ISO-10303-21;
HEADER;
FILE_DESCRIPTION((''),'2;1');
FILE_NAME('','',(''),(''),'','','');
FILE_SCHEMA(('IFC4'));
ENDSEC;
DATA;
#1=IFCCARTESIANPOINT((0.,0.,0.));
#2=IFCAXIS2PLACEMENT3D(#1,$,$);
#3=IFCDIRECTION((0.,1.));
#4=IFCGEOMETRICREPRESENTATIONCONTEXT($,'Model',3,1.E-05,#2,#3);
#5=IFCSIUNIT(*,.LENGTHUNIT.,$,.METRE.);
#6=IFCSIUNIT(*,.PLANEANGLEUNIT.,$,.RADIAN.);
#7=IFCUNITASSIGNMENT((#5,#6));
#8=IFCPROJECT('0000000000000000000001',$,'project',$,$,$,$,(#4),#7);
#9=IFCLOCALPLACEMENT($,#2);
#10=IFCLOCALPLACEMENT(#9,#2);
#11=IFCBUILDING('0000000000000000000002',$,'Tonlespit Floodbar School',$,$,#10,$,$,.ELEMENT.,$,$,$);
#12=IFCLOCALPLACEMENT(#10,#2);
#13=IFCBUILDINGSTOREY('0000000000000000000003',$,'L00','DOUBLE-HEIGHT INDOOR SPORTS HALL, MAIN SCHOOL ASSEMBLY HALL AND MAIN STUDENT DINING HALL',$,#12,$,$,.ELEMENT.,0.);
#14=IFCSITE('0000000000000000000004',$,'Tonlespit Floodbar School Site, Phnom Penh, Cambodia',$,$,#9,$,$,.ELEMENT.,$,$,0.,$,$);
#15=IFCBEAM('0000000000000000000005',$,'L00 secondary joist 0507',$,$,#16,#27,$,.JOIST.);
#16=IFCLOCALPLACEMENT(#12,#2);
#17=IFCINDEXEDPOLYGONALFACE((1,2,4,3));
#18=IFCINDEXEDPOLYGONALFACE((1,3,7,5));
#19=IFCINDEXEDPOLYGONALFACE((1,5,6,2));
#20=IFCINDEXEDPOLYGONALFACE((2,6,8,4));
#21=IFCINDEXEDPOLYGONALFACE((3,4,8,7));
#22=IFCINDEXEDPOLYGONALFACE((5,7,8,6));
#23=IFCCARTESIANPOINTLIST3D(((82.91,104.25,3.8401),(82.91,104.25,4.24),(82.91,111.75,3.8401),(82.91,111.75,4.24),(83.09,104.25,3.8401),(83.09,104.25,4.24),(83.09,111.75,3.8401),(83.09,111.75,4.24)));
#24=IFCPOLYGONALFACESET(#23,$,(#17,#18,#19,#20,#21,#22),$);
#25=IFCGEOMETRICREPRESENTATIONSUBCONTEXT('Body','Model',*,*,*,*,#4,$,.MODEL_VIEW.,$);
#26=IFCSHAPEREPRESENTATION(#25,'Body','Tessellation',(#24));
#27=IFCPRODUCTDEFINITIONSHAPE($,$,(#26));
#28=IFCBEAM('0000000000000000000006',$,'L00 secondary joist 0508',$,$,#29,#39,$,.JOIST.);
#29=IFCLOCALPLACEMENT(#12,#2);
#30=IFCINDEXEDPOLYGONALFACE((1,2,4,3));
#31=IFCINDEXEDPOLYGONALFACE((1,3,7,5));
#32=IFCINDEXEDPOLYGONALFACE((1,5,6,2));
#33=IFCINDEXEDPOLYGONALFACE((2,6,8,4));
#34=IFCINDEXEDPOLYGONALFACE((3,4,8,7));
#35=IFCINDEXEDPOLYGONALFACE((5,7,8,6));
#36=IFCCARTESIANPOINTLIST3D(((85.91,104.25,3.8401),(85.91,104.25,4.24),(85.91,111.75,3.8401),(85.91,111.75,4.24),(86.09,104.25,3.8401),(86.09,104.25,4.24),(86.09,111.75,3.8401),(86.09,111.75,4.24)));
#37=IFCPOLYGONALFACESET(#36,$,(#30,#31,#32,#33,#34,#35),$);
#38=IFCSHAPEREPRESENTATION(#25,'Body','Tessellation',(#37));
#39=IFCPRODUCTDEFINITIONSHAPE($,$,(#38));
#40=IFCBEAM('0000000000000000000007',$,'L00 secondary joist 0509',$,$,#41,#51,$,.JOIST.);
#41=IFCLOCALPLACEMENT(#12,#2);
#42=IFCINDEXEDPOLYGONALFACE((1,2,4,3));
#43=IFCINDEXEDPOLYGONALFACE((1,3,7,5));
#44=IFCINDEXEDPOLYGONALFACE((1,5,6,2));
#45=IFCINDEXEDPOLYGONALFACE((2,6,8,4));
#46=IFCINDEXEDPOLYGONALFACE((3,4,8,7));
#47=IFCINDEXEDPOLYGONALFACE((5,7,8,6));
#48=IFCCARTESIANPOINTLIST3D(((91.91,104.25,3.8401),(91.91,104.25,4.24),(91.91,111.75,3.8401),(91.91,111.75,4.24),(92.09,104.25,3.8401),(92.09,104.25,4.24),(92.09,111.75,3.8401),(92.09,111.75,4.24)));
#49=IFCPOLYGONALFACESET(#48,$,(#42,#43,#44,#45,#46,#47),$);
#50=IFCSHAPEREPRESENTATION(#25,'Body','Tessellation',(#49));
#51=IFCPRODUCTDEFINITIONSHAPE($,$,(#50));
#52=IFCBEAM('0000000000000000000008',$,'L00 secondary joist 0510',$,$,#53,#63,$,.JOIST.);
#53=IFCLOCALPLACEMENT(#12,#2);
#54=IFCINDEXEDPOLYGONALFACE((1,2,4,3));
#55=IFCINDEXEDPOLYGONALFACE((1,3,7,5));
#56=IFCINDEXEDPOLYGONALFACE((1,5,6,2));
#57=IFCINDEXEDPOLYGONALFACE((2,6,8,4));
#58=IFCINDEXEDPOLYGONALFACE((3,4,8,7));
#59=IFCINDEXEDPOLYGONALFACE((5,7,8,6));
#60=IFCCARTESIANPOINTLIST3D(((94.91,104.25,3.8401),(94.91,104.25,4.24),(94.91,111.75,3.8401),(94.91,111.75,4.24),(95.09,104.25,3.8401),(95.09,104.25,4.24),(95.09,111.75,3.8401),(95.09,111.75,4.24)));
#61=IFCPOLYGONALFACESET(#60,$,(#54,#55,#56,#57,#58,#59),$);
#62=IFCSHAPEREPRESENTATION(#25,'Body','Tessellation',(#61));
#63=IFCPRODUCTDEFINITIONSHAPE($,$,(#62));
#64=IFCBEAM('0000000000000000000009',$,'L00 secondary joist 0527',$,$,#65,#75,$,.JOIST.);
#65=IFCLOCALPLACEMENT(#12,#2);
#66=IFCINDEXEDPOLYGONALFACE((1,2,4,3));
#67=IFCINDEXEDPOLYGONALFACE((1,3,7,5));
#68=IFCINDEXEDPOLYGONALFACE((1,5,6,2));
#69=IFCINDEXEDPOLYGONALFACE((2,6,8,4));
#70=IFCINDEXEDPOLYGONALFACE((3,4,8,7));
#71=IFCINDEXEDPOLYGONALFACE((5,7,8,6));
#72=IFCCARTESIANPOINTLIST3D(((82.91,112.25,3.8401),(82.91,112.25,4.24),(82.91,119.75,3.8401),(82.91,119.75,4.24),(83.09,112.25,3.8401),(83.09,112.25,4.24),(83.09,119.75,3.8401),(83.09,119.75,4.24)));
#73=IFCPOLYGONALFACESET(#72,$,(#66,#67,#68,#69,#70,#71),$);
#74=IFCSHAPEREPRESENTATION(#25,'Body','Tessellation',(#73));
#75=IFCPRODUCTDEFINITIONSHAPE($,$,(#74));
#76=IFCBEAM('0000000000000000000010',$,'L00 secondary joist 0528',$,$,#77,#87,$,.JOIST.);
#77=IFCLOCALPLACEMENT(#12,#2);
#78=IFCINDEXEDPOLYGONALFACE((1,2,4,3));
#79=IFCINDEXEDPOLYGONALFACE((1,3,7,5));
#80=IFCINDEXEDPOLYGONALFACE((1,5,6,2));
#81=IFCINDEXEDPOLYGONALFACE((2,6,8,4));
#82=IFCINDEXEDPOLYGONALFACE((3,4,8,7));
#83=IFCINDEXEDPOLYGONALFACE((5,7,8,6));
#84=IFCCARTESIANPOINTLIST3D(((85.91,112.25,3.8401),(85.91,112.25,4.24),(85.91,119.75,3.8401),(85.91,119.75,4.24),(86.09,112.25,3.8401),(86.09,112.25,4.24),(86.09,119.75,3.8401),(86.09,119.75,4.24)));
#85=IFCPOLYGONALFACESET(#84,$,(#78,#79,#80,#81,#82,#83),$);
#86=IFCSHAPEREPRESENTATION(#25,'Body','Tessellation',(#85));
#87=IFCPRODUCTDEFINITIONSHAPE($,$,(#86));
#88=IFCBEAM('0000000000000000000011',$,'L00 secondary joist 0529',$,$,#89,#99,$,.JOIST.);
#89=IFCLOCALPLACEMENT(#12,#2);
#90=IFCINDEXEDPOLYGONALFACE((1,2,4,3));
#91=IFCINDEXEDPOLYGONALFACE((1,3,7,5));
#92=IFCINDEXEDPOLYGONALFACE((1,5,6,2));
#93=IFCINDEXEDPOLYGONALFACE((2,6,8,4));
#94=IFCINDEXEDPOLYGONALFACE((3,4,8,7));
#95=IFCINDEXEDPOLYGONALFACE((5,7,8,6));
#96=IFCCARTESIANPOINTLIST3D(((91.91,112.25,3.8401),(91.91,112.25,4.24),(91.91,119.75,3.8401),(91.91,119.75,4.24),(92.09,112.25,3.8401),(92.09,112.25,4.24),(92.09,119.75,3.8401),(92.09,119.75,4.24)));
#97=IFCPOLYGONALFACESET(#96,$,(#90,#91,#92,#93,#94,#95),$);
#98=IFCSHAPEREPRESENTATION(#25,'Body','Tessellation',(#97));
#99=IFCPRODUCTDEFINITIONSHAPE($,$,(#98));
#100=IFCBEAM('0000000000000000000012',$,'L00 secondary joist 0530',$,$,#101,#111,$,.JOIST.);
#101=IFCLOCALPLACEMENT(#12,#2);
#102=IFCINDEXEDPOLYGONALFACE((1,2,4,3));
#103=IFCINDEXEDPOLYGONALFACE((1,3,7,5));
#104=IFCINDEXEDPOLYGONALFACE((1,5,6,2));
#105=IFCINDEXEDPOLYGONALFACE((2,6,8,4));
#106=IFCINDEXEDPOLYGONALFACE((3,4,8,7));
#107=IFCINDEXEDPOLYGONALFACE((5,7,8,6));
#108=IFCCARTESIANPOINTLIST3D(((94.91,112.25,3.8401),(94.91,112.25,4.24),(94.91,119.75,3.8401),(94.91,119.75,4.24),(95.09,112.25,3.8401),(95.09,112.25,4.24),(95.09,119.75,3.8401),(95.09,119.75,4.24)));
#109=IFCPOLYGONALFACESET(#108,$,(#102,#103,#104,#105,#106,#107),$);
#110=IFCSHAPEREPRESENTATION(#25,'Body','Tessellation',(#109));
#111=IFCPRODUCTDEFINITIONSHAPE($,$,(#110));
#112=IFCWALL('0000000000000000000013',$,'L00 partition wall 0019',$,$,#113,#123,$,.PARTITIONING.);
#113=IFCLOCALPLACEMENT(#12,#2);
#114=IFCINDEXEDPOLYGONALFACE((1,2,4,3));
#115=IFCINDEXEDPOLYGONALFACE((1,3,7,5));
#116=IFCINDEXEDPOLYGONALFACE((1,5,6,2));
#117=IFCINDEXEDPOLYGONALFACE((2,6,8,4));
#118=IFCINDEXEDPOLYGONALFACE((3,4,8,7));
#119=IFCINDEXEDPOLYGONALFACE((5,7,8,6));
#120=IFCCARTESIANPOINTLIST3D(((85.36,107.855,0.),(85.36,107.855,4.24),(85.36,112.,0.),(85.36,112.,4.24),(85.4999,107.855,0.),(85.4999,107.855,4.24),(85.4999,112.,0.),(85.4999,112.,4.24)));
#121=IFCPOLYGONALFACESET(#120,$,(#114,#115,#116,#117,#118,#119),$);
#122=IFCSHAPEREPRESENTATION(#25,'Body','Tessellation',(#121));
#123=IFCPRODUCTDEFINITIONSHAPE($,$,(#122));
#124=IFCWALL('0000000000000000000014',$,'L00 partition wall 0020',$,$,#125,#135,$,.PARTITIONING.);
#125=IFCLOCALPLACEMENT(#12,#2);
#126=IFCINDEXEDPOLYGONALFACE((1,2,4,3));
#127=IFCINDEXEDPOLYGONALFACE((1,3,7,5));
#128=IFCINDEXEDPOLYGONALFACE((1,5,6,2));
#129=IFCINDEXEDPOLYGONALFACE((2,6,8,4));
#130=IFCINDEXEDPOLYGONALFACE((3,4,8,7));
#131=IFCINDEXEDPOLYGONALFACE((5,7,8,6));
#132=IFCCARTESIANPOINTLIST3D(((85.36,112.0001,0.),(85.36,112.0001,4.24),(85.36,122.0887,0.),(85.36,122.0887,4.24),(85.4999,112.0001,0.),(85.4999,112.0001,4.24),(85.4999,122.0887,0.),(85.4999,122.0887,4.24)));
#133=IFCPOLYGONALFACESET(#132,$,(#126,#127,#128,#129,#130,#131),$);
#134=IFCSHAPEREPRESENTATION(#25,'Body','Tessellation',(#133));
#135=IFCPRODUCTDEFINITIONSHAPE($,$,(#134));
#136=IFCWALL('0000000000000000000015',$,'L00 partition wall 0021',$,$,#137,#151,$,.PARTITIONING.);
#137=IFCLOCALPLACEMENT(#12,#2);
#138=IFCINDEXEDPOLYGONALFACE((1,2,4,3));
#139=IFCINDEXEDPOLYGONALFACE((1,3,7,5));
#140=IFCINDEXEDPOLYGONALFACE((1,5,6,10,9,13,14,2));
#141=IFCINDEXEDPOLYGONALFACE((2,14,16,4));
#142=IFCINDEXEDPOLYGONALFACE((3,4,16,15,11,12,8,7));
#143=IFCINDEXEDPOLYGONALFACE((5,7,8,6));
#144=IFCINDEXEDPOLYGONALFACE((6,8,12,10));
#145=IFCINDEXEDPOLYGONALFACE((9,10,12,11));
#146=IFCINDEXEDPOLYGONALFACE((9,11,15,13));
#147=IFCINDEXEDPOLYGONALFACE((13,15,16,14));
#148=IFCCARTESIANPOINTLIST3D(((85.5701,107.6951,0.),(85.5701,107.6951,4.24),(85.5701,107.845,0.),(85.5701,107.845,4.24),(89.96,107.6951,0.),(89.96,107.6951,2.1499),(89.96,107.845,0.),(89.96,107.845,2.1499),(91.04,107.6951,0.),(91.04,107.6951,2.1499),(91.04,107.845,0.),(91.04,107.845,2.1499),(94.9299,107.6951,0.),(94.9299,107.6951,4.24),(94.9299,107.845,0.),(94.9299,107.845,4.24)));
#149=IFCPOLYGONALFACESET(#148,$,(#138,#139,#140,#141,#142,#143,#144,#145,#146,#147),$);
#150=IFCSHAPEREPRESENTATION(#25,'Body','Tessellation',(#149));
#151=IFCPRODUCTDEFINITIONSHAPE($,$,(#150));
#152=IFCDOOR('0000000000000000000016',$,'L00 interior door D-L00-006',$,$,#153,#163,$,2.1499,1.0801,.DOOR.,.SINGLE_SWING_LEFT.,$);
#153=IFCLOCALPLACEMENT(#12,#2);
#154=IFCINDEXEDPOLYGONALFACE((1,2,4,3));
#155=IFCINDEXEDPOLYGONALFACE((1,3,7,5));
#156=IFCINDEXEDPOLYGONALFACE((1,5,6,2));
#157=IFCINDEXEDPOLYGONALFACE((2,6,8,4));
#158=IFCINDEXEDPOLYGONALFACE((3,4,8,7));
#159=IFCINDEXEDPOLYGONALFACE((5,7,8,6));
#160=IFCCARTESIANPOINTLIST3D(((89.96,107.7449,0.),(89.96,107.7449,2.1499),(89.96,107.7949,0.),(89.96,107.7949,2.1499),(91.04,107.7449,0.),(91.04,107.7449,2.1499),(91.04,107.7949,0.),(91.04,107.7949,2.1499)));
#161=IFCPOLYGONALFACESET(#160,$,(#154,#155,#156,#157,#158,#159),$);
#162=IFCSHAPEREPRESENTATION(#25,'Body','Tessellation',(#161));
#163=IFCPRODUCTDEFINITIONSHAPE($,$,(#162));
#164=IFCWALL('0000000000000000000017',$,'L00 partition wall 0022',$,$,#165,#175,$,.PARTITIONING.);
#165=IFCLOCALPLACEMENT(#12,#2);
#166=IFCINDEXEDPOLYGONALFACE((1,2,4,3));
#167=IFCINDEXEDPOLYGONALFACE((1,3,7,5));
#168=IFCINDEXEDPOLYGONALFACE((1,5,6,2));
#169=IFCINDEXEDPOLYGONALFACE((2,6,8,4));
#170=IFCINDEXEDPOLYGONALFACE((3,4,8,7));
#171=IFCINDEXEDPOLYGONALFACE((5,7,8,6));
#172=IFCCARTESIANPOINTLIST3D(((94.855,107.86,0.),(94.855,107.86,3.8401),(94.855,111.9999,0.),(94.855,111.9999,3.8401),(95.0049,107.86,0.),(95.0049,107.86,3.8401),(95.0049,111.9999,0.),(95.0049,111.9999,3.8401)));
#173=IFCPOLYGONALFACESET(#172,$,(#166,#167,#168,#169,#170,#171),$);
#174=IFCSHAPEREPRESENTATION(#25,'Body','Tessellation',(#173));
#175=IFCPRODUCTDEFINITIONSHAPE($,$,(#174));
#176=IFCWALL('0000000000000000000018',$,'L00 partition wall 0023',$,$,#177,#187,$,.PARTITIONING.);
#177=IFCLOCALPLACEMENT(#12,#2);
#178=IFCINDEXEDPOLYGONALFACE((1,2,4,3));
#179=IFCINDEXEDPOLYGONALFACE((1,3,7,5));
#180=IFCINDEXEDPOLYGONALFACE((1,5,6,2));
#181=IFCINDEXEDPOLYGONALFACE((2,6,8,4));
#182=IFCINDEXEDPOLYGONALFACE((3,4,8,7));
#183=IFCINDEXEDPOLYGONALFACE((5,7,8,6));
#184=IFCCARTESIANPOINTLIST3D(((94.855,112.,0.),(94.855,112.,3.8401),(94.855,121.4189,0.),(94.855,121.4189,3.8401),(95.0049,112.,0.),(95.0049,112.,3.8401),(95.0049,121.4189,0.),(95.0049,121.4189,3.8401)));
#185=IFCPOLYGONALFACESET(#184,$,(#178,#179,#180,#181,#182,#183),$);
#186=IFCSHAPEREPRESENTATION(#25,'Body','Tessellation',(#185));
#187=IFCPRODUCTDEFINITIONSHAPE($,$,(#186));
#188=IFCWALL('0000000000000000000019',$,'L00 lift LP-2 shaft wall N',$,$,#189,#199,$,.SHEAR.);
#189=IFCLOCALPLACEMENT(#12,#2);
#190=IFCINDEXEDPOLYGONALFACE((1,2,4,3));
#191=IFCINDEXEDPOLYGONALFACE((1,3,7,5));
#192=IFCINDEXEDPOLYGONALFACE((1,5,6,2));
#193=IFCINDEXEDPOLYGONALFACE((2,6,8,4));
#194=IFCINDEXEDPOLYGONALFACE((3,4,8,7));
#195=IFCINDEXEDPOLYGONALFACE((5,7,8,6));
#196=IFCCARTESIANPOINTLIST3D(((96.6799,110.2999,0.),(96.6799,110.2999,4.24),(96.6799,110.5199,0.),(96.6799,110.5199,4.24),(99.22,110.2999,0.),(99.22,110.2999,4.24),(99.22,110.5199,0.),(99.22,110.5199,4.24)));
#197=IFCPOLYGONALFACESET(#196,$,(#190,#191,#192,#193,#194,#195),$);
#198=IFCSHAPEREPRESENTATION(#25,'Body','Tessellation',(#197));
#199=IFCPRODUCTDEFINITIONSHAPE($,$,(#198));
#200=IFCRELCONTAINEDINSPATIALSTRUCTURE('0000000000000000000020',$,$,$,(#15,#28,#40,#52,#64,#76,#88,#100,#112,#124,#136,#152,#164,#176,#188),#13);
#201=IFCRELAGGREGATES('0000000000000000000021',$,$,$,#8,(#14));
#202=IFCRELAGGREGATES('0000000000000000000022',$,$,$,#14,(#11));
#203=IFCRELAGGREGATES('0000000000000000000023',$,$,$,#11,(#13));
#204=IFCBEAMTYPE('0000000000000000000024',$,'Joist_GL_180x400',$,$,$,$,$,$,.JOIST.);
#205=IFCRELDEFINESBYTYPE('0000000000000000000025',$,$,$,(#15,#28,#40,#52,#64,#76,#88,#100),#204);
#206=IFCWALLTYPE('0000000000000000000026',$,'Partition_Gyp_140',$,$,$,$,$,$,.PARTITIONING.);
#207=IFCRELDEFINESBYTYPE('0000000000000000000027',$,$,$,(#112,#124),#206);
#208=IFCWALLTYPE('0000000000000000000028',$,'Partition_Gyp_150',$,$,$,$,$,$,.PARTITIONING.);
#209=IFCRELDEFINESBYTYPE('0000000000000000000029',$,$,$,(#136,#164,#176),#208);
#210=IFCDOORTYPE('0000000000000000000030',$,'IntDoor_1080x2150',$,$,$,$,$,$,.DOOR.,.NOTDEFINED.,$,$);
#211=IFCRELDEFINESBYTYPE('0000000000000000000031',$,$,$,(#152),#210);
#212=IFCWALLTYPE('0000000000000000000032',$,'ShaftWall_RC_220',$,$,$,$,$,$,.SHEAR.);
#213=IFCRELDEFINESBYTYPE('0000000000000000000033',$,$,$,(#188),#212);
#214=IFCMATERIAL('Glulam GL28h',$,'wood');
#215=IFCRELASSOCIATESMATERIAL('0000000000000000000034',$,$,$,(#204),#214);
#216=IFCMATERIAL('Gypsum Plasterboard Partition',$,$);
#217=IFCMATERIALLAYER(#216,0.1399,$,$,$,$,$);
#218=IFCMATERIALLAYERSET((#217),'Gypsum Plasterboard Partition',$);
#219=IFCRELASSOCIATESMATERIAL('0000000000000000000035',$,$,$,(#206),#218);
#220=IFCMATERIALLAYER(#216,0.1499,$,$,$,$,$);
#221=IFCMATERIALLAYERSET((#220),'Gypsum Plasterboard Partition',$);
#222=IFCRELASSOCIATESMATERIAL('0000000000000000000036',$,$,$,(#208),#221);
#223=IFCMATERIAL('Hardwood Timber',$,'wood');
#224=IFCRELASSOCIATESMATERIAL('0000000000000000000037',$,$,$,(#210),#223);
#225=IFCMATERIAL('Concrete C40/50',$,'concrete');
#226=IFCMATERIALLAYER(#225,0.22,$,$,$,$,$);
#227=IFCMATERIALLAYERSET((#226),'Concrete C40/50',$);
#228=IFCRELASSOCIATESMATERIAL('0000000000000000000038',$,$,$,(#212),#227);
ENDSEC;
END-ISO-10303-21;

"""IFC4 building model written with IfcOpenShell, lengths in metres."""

from ifc_helpers import new_model, si_unit, direction, frame, frame_2d, origin, origin_2d, place, context, subcontext, project, spatial, rectangle, extrude, material, layer, layer_set, material_profile, profile_set, type_object, element, fill, save


model = new_model("IFC4")

# Units and contexts
model_context = context("Model", 3, precision=1e-05, world=origin(), true_north=direction((0.0, 1.0)))
body_context = subcontext(model_context, "Body", "Model", "MODEL_VIEW")
ifc_project = project(units=[si_unit("LENGTHUNIT", "METRE"), si_unit("PLANEANGLEUNIT", "RADIAN")], contexts=[model_context])

# Site, building, storey
site_placement = place(None, origin())
site = spatial("IfcSite", under=ifc_project, at=site_placement, Name="Tonlespit Floodbar School Site, Phnom Penh, Cambodia", CompositionType="ELEMENT", RefElevation=0.0)
building_placement = place(site_placement, origin())
building = spatial("IfcBuilding", under=site, at=building_placement, Name="Tonlespit Floodbar School", CompositionType="ELEMENT")
storey_placement = place(building_placement, origin())
storey = spatial("IfcBuildingStorey", under=building, at=storey_placement, Name="L00", Description="DOUBLE-HEIGHT INDOOR SPORTS HALL, MAIN SCHOOL ASSEMBLY HALL AND MAIN STUDENT DINING HALL", CompositionType="ELEMENT", Elevation=0.0)

# Shared definitions
ifc_material_1 = material(Name="Concrete C40/50", Category="concrete")

# Beams
ifc_material_2 = material(Name="Glulam GL28h", Category="wood")
ifc_material_profile_1 = material_profile(ifc_material_2, rectangle(XDim=0.1799, YDim=0.3999, at=origin_2d()), Name="GL 180x400")
ifc_profile_set_1 = profile_set([ifc_material_profile_1], Name="Glulam GL28h")
beam_type_1 = type_object("IfcBeamType", Name="Joist_GL_180x400", PredefinedType="JOIST", material=ifc_profile_set_1)
for number, where, z_axis, x_axis, name in (
    (1, (83.0, 104.25, 4.04), (0.0, 1.0, 0.0), (-1.0, 0.0, 0.0), "L00 secondary joist 0507"),
    (2, (86.0, 104.25, 4.04), (0.0, 1.0, 0.0), (-1.0, 0.0, 0.0), "L00 secondary joist 0508"),
    (3, (92.0, 104.25, 4.04), (0.0, 1.0, 0.0), (-1.0, 0.0, 0.0), "L00 secondary joist 0509"),
    (4, (95.0, 104.25, 4.04), (0.0, 1.0, 0.0), (-1.0, 0.0, 0.0), "L00 secondary joist 0510"),
    (5, (83.0, 112.25, 4.04), (0.0, 1.0, 0.0), (-1.0, 0.0, 0.0), "L00 secondary joist 0527"),
    (6, (86.0, 112.25, 4.04), (0.0, 1.0, 0.0), (-1.0, 0.0, 0.0), "L00 secondary joist 0528"),
    (7, (92.0, 112.25, 4.04), (0.0, 1.0, 0.0), (-1.0, 0.0, 0.0), "L00 secondary joist 0529"),
    (8, (95.0, 112.25, 4.04), (0.0, 1.0, 0.0), (-1.0, 0.0, 0.0), "L00 secondary joist 0530"),
):
    element("IfcBeam", number, at=place(storey_placement, frame(where, z_axis=z_axis, x_axis=x_axis)), inside=storey, type_object=beam_type_1, Name=name, PredefinedType="JOIST", context=body_context, shape_type="SweptSolid", body=[
        extrude(rectangle(XDim=0.1799, YDim=0.3999, at=origin_2d()), origin(), (0.0, 0.0, 1.0), 7.5),
    ])

# Walls
ifc_material_3 = material(Name="Gypsum Plasterboard Partition")
ifc_layer_1 = layer(ifc_material_3, 0.1399)
ifc_layer_set_1 = layer_set([ifc_layer_1], Name="Gypsum Plasterboard Partition")
wall_type_1 = type_object("IfcWallType", Name="Partition_Gyp_140", PredefinedType="PARTITIONING", material=ifc_layer_set_1)
wall_1_placement = place(storey_placement, frame((85.4299, 107.855, 0.0), z_axis=(0.0, 0.0, 1.0), x_axis=(0.0, 1.0, 0.0)))
element("IfcWall", 9, at=wall_1_placement, inside=storey, type_object=wall_type_1, Name="L00 partition wall 0019", PredefinedType="PARTITIONING", context=body_context, shape_type="SweptSolid", body=[
    extrude(rectangle(XDim=4.145, YDim=0.1399, at=frame_2d((2.0725, 0.0))), origin(), (0.0, 0.0, 1.0), 4.24),
])
wall_2_placement = place(storey_placement, frame((85.4299, 112.0, 0.0), z_axis=(0.0, 0.0, 1.0), x_axis=(0.0, 1.0, 0.0)))
element("IfcWall", 10, at=wall_2_placement, inside=storey, type_object=wall_type_1, Name="L00 partition wall 0020", PredefinedType="PARTITIONING", context=body_context, shape_type="SweptSolid", body=[
    extrude(rectangle(XDim=10.0886, YDim=0.1399, at=frame_2d((5.0444, 0.0))), origin(), (0.0, 0.0, 1.0), 4.24),
])

# Wall, opening, door
ifc_layer_2 = layer(ifc_material_3, 0.1499)
ifc_layer_set_2 = layer_set([ifc_layer_2], Name="Gypsum Plasterboard Partition")
wall_type_2 = type_object("IfcWallType", Name="Partition_Gyp_150", PredefinedType="PARTITIONING", material=ifc_layer_set_2)
wall_3_placement = place(storey_placement, frame((85.5701, 107.77, 0.0), z_axis=(0.0, 0.0, 1.0), x_axis=(1.0, 0.0, 0.0)))
wall_3 = element("IfcWall", 11, at=wall_3_placement, inside=storey, type_object=wall_type_2, Name="L00 partition wall 0021", PredefinedType="PARTITIONING", context=body_context, shape_type="SweptSolid", body=[
    extrude(rectangle(XDim=9.3599, YDim=0.1499, at=frame_2d((4.6799, 0.0))), origin(), (0.0, 0.0, 1.0), 4.24),
])
opening_placement = place(wall_3_placement, frame((4.3899, 0.0, 0.0)))
opening = element("IfcOpeningElement", 12, at=opening_placement, cuts=wall_3, PredefinedType="OPENING", context=body_context, shape_type="SweptSolid", body=[
    extrude(rectangle(XDim=1.0801, YDim=2.1499, at=frame_2d((0.54, 1.075))), frame((0.0, 0.085, 0.0), z_axis=(0.0, -1.0, 0.0), x_axis=(1.0, 0.0, 0.0)), (0.0, 0.0, 1.0), 0.1699),
])
ifc_material_4 = material(Name="Hardwood Timber", Category="wood")
door_type = type_object("IfcDoorType", Name="IntDoor_1080x2150", OperationType="NOTDEFINED", PredefinedType="DOOR", material=ifc_material_4)
door_placement = place(opening_placement, origin())
door = element("IfcDoor", 13, at=door_placement, inside=storey, type_object=door_type, Name="L00 interior door D-L00-006", OperationType="SINGLE_SWING_LEFT", OverallHeight=2.1499, OverallWidth=1.0801, PredefinedType="DOOR", context=body_context, shape_type="SweptSolid", body=[
    extrude(rectangle(XDim=1.0801, YDim=2.1499, at=frame_2d((0.54, 1.075))), frame((0.0, 0.0249, 0.0), z_axis=(0.0, -1.0, 0.0), x_axis=(1.0, 0.0, 0.0)), (0.0, 0.0, 1.0), 0.05),
])
fill(opening, door)

# Walls
wall_4_placement = place(storey_placement, frame((94.9299, 107.8601, 0.0), z_axis=(0.0, 0.0, 1.0), x_axis=(0.0, 1.0, 0.0)))
element("IfcWall", 14, at=wall_4_placement, inside=storey, type_object=wall_type_2, Name="L00 partition wall 0022", PredefinedType="PARTITIONING", context=body_context, shape_type="SweptSolid", body=[
    extrude(rectangle(XDim=4.1399, YDim=0.1499, at=frame_2d((2.0698, 0.0))), origin(), (0.0, 0.0, 1.0), 3.8401),
])
wall_5_placement = place(storey_placement, frame((94.9299, 112.0, 0.0), z_axis=(0.0, 0.0, 1.0), x_axis=(0.0, 1.0, 0.0)))
element("IfcWall", 15, at=wall_5_placement, inside=storey, type_object=wall_type_2, Name="L00 partition wall 0023", PredefinedType="PARTITIONING", context=body_context, shape_type="SweptSolid", body=[
    extrude(rectangle(XDim=9.4189, YDim=0.1499, at=frame_2d((4.7095, 0.0))), origin(), (0.0, 0.0, 1.0), 3.8401),
])
ifc_layer_3 = layer(ifc_material_1, 0.22)
ifc_layer_set_3 = layer_set([ifc_layer_3], Name="Concrete C40/50")
wall_type_3 = type_object("IfcWallType", Name="ShaftWall_RC_220", PredefinedType="SHEAR", material=ifc_layer_set_3)
wall_6_placement = place(storey_placement, frame((96.6799, 110.4099, 0.0), z_axis=(0.0, 0.0, 1.0), x_axis=(1.0, 0.0, 0.0)))
element("IfcWall", 16, at=wall_6_placement, inside=storey, type_object=wall_type_3, Name="L00 lift LP-2 shaft wall N", PredefinedType="SHEAR", context=body_context, shape_type="SweptSolid", body=[
    extrude(rectangle(XDim=2.54, YDim=0.22, at=frame_2d((1.27, 0.0))), origin(), (0.0, 0.0, 1.0), 4.24),
])

save(model, "model.ifc")
